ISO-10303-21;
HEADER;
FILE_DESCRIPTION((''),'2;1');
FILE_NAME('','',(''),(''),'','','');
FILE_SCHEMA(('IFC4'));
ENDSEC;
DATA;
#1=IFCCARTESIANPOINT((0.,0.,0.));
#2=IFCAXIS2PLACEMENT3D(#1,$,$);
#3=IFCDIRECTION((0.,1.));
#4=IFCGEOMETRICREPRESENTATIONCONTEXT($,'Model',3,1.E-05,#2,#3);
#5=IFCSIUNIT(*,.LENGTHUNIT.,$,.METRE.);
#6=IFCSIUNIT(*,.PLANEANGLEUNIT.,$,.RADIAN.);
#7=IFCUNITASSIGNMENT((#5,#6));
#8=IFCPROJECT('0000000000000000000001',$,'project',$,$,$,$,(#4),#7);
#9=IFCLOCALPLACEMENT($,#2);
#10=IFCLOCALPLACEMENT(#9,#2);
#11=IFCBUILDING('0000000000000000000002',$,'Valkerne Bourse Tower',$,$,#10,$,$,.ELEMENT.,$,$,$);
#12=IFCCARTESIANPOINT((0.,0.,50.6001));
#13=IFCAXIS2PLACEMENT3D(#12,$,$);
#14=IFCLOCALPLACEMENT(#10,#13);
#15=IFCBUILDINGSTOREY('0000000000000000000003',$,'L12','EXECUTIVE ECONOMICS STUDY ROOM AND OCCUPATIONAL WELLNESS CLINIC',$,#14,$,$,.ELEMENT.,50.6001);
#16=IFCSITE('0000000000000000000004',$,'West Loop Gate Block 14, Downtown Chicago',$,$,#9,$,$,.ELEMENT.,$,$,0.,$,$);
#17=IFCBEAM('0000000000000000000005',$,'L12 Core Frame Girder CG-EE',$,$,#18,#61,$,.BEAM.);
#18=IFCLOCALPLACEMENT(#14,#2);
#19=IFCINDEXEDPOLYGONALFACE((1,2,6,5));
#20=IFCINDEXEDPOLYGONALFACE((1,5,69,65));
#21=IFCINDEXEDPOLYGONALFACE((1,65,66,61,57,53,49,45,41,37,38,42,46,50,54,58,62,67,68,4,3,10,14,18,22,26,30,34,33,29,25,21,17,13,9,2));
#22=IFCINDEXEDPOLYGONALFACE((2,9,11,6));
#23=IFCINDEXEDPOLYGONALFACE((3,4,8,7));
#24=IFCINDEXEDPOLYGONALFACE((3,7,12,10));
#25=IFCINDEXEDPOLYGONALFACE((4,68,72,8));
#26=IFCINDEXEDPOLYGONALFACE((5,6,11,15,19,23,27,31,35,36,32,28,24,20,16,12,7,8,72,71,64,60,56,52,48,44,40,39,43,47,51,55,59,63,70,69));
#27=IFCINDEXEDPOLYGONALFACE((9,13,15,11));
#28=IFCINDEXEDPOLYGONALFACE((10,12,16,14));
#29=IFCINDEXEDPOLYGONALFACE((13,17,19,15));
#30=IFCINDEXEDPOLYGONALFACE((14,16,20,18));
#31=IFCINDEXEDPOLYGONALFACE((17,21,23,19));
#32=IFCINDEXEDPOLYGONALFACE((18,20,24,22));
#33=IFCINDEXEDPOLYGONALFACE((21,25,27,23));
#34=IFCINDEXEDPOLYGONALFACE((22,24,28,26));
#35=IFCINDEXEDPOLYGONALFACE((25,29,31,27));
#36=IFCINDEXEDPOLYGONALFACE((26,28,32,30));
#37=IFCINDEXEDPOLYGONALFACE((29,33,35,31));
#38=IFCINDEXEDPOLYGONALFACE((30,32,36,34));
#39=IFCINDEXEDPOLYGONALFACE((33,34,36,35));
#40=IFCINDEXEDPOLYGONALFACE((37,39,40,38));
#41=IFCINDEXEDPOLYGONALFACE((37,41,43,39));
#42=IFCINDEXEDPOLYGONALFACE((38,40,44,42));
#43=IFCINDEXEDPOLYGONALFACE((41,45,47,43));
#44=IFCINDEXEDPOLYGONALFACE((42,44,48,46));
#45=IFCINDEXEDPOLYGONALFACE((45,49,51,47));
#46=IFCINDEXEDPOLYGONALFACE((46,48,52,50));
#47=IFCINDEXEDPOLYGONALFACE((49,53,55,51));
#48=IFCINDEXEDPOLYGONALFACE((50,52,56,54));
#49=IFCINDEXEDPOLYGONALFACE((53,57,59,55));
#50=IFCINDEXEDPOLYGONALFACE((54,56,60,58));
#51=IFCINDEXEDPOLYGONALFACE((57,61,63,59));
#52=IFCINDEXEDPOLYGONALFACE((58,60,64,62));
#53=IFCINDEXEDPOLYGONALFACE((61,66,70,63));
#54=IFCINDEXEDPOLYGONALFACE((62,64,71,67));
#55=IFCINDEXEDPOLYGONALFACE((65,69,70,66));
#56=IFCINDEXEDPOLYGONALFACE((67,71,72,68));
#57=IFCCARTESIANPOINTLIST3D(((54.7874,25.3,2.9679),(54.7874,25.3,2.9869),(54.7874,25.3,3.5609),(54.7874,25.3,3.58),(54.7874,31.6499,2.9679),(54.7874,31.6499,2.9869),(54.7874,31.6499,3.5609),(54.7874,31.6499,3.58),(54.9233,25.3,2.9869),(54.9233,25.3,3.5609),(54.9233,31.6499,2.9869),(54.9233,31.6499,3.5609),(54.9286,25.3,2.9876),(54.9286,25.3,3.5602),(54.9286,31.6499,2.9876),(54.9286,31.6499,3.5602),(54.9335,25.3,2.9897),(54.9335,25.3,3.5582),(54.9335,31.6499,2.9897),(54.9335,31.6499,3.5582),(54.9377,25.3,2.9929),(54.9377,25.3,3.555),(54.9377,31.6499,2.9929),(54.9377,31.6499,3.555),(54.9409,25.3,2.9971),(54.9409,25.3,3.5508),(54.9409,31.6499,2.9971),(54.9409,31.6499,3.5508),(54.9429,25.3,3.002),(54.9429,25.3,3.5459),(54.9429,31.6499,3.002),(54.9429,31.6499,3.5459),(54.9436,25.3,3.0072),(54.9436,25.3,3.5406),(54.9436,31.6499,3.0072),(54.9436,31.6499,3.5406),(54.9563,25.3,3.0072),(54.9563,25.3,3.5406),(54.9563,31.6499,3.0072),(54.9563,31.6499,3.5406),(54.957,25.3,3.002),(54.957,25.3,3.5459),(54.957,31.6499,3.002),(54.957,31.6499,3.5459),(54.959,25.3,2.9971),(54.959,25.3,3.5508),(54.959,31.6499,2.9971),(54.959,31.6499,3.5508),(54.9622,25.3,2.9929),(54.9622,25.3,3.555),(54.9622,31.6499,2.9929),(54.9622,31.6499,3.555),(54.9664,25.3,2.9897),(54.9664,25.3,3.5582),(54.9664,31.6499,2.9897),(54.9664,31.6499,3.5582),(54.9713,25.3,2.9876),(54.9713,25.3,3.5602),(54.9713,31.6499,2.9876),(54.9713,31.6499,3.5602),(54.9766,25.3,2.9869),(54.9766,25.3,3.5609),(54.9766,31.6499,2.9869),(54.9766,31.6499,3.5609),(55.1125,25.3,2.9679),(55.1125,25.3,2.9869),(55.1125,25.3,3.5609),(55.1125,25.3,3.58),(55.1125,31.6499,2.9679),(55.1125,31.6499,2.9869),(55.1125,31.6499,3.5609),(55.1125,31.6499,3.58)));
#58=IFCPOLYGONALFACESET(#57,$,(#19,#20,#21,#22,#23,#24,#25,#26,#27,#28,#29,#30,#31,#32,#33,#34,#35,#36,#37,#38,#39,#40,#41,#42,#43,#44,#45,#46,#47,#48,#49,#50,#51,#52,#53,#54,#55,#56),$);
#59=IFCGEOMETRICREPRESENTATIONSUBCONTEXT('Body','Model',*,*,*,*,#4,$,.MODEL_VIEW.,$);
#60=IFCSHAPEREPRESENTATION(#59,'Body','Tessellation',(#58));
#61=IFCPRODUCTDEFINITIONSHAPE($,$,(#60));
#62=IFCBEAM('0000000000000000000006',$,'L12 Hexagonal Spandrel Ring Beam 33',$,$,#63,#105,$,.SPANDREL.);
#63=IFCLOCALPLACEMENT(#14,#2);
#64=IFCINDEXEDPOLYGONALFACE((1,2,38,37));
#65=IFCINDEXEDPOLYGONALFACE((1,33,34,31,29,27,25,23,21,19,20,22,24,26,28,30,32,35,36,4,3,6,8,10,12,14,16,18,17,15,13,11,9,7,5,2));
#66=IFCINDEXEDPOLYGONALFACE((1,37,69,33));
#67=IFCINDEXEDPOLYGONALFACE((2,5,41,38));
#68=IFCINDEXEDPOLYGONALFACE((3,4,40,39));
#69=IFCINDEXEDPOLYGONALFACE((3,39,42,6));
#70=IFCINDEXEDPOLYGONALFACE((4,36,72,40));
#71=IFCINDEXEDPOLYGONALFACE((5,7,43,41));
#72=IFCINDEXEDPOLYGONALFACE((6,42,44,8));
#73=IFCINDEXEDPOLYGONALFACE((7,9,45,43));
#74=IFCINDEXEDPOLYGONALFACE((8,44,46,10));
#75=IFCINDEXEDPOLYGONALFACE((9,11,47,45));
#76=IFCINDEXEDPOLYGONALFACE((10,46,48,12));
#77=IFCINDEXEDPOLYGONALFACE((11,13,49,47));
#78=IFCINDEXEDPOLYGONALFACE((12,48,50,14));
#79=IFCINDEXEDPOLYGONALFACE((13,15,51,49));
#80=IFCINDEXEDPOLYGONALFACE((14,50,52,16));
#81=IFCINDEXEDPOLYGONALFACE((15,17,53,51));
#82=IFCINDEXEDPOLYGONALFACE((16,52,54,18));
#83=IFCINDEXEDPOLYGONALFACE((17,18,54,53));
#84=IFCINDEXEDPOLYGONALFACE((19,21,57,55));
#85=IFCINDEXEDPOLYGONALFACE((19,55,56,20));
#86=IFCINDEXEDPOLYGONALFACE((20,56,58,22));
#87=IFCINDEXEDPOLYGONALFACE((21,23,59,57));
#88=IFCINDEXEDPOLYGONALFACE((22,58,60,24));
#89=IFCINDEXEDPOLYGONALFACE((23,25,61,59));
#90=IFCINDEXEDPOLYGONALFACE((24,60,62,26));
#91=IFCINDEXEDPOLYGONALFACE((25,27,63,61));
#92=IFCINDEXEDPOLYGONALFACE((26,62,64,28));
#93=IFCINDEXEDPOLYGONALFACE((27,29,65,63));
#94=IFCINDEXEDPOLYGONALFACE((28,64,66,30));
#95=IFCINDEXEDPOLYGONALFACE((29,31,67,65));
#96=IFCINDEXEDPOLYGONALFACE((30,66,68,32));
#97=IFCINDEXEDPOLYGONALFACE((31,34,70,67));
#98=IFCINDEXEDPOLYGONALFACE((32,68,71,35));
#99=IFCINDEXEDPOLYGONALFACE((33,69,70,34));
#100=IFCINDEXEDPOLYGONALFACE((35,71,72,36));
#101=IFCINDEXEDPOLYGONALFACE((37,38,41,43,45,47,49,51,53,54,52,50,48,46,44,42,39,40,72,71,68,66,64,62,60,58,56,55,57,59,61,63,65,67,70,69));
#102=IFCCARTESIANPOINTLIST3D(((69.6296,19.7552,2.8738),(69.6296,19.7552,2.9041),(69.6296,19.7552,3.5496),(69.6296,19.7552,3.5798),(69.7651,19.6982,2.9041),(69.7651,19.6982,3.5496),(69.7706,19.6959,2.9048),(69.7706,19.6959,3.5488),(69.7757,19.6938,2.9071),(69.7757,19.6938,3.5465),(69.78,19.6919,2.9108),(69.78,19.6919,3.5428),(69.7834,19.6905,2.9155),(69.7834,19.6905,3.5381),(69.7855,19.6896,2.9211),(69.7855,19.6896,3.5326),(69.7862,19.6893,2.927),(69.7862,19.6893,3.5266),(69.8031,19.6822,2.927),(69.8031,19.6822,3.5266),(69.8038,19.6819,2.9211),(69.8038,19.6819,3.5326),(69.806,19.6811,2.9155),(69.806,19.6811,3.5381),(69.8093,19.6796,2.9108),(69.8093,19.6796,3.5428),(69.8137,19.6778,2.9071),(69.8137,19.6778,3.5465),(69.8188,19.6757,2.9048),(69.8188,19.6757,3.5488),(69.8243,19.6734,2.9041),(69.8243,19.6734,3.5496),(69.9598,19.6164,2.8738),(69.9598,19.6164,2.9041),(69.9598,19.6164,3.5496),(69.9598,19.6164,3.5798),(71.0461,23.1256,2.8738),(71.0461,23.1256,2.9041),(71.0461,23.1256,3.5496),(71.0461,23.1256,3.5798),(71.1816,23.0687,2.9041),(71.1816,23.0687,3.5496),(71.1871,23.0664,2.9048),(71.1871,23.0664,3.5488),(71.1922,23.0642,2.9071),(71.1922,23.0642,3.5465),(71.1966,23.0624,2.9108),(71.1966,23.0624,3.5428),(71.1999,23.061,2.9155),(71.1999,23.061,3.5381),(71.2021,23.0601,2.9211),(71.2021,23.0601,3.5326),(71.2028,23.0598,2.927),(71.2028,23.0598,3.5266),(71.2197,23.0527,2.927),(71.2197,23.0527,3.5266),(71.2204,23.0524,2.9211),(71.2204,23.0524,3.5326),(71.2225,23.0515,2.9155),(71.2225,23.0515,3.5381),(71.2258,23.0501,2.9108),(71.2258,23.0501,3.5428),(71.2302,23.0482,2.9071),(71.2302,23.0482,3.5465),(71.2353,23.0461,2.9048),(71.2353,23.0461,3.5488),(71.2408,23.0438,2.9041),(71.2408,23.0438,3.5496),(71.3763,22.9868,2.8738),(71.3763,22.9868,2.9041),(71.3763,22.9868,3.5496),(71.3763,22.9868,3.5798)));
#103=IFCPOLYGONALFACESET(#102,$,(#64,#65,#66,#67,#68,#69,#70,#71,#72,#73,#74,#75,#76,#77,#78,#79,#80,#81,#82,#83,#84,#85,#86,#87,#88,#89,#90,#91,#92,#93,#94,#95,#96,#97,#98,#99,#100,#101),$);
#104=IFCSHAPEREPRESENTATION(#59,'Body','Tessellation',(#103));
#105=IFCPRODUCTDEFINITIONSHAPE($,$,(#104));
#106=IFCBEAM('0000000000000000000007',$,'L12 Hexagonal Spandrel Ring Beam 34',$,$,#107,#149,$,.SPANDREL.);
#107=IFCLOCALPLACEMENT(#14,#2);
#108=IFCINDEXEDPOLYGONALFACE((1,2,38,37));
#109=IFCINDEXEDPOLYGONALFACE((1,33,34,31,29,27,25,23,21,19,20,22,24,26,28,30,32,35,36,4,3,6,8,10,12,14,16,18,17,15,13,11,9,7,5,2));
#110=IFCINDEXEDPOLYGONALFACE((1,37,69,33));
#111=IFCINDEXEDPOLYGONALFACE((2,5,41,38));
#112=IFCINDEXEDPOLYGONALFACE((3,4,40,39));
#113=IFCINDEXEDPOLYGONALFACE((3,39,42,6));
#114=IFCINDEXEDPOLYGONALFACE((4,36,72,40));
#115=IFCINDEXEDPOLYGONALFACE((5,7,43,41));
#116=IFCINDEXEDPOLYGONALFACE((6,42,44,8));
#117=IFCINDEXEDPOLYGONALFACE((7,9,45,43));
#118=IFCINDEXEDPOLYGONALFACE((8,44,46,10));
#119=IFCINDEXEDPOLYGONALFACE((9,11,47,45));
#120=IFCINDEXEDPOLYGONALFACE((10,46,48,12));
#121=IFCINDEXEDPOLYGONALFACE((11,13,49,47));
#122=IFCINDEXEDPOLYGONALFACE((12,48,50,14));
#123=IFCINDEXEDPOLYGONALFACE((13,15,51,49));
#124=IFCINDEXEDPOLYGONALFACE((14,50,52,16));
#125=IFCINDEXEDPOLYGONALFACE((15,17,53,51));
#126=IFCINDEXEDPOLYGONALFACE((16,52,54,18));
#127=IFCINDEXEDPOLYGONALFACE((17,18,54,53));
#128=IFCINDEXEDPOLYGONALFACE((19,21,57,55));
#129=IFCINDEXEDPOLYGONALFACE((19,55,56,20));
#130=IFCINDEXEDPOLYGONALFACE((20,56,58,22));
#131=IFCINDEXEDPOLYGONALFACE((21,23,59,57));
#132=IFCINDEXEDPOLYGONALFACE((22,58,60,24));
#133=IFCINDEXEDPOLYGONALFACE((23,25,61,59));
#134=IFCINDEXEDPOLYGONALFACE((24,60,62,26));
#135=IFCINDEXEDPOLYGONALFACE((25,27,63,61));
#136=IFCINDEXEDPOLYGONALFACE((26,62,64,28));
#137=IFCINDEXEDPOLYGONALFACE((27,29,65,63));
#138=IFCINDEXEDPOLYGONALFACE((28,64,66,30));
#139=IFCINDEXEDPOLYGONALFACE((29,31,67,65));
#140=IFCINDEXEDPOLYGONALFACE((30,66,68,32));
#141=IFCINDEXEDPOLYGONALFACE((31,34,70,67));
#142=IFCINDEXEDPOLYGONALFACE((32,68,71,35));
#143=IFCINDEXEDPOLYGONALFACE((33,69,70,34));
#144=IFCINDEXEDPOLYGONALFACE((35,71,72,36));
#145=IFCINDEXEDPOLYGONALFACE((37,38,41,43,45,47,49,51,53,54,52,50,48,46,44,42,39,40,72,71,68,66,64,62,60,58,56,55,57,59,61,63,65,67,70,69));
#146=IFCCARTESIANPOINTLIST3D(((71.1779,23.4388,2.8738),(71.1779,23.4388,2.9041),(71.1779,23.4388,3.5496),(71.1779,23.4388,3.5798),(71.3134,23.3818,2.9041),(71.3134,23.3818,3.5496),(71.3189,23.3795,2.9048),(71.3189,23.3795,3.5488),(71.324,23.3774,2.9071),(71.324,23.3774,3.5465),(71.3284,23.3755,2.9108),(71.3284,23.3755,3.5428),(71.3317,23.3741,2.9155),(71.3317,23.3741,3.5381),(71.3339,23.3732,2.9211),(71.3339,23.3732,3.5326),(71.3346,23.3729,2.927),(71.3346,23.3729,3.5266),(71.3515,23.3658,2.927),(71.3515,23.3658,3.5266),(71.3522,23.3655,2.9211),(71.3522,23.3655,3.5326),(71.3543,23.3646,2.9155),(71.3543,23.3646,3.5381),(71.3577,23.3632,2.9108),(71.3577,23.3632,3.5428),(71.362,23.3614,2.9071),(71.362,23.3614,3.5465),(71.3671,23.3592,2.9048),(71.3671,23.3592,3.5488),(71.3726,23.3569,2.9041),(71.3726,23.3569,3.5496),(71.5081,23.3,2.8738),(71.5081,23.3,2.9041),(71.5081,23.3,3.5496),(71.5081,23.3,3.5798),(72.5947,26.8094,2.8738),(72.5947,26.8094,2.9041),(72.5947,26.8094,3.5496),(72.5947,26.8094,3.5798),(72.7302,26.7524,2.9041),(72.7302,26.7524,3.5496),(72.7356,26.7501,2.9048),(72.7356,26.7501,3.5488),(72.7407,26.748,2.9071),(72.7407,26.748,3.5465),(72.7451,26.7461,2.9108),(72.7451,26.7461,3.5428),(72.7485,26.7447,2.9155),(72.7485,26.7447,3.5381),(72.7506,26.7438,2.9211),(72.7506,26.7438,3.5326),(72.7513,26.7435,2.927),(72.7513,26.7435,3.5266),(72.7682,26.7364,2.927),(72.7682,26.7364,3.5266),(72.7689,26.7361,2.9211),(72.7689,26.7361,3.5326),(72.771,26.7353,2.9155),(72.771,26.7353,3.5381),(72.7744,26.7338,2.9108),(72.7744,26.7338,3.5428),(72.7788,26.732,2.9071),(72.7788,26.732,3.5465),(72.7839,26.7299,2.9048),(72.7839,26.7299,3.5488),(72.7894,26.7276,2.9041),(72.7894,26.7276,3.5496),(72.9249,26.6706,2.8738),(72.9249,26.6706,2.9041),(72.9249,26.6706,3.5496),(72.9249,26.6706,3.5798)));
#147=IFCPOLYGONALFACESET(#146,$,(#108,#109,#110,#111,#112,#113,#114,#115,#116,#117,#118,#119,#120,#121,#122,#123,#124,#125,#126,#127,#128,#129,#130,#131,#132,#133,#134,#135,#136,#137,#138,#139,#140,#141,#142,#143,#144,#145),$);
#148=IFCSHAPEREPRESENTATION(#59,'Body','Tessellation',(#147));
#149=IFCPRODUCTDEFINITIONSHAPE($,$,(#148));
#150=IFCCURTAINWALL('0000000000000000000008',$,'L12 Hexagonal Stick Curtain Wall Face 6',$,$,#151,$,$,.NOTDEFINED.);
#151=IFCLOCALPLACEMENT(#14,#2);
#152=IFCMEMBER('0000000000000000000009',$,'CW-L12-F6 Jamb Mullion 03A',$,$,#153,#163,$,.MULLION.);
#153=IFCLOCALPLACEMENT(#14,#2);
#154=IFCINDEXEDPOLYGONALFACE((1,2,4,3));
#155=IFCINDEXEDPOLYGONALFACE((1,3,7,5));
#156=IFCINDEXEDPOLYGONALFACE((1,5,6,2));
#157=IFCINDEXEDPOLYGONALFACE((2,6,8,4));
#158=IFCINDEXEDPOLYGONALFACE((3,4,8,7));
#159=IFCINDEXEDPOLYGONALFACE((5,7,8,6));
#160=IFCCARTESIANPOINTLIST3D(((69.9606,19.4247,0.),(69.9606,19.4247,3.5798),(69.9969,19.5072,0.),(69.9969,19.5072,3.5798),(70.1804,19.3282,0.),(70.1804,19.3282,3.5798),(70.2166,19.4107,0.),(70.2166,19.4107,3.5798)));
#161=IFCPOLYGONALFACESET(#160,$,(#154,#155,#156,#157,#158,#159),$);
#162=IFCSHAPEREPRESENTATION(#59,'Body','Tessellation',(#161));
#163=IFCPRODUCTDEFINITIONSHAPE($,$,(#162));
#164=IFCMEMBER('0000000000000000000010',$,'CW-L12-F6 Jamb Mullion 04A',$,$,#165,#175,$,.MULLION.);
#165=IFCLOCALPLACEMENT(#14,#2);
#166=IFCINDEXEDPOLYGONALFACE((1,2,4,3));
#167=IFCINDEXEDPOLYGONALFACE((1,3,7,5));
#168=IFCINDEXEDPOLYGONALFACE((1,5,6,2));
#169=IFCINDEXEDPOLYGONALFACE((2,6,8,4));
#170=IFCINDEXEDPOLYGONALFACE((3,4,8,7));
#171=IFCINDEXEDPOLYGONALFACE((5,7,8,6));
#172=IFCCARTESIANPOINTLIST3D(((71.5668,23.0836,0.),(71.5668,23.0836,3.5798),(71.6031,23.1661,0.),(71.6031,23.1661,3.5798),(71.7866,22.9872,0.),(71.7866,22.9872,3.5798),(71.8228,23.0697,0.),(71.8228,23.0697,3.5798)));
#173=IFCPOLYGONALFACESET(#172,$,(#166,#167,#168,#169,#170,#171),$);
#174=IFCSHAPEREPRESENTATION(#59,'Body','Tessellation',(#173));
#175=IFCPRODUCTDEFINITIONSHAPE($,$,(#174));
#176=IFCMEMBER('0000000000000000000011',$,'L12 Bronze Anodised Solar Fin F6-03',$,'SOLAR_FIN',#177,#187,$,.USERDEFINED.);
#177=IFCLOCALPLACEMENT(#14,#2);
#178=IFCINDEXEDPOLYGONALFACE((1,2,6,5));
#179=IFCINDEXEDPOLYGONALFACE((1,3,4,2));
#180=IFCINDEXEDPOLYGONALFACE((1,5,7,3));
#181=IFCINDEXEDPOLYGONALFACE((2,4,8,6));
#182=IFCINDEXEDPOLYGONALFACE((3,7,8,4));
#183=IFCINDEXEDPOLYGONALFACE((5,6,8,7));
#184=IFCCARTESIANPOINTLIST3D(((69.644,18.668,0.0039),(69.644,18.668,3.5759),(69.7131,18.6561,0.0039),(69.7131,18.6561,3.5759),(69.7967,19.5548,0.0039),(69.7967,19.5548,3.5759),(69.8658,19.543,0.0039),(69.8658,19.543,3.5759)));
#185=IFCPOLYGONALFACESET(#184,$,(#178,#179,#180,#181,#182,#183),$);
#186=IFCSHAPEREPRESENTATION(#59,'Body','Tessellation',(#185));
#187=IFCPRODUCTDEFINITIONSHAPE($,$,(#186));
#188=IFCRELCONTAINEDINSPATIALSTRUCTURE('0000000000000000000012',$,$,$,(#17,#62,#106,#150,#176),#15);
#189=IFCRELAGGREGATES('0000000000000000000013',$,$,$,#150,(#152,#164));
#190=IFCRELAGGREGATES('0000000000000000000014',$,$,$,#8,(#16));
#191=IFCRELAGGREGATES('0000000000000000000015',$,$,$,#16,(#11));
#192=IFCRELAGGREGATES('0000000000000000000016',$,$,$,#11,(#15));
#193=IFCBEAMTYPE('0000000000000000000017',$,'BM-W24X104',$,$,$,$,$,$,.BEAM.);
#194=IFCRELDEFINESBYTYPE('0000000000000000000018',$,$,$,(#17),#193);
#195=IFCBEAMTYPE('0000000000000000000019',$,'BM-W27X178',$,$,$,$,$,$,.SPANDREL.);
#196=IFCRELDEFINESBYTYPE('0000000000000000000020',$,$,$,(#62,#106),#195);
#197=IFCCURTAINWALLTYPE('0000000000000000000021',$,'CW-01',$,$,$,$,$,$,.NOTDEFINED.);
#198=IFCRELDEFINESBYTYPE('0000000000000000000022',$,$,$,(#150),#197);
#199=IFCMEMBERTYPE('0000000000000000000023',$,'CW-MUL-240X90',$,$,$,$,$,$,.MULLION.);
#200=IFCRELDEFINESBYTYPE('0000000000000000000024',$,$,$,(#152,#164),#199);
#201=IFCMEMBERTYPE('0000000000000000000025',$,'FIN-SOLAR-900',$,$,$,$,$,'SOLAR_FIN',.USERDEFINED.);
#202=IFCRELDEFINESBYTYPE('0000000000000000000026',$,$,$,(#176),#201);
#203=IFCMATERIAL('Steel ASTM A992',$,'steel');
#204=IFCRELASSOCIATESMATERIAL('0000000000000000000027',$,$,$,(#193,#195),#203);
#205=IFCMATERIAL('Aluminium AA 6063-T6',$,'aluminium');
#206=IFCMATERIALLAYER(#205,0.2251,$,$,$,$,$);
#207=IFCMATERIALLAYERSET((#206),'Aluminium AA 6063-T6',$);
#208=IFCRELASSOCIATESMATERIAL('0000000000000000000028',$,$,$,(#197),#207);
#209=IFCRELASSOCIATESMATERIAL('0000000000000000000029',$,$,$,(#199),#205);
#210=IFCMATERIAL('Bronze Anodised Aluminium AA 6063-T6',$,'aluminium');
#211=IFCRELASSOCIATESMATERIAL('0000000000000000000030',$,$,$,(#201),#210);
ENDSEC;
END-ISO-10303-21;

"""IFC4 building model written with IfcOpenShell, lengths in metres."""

from ifc_helpers import new_model, si_unit, direction, frame, origin, origin_2d, place, context, subcontext, project, spatial, rectangle, i_section, extrude, material, layer, layer_set, material_profile, profile_set, type_object, element, aggregate, save


model = new_model("IFC4")

# Units and contexts
model_context = context("Model", 3, precision=1e-05, world=origin(), true_north=direction((0.0, 1.0)))
body_context = subcontext(model_context, "Body", "Model", "MODEL_VIEW")
ifc_project = project(units=[si_unit("LENGTHUNIT", "METRE"), si_unit("PLANEANGLEUNIT", "RADIAN")], contexts=[model_context])

# Site, building, storey
site_placement = place(None, origin())
site = spatial("IfcSite", under=ifc_project, at=site_placement, Name="West Loop Gate Block 14, Downtown Chicago", CompositionType="ELEMENT", RefElevation=0.0)
building_placement = place(site_placement, origin())
building = spatial("IfcBuilding", under=site, at=building_placement, Name="Valkerne Bourse Tower", CompositionType="ELEMENT")
storey_placement = place(building_placement, frame((0.0, 0.0, 50.6001)))
storey = spatial("IfcBuildingStorey", under=building, at=storey_placement, Name="L12", Description="EXECUTIVE ECONOMICS STUDY ROOM AND OCCUPATIONAL WELLNESS CLINIC", CompositionType="ELEMENT", Elevation=50.6001)

# Beams
ifc_material_1 = material(Name="Steel ASTM A992", Category="steel")
ifc_material_profile_1 = material_profile(ifc_material_1, i_section(OverallWidth=0.3252, OverallDepth=0.6121, WebThickness=0.0127, FlangeThickness=0.019, FilletRadius=0.0203, at=origin_2d()), Name="W24X104")
ifc_profile_set_1 = profile_set([ifc_material_profile_1], Name="Steel ASTM A992")
beam_type_1 = type_object("IfcBeamType", Name="BM-W24X104", PredefinedType="BEAM", material=ifc_profile_set_1)
beam_1_placement = place(storey_placement, frame((54.95, 25.3, 3.2739), z_axis=(0.0, 1.0, 0.0), x_axis=(-1.0, 0.0, 0.0)))
element("IfcBeam", 1, at=beam_1_placement, inside=storey, type_object=beam_type_1, Name="L12 Core Frame Girder CG-EE", PredefinedType="BEAM", context=body_context, shape_type="SweptSolid", body=[
    extrude(i_section(OverallWidth=0.3252, OverallDepth=0.6121, WebThickness=0.0127, FlangeThickness=0.019, FilletRadius=0.0203, at=origin_2d()), origin(), (0.0, 0.0, 1.0), 6.3499),
])
ifc_material_profile_2 = material_profile(ifc_material_1, i_section(OverallWidth=0.3582, OverallDepth=0.7061, WebThickness=0.0183, FlangeThickness=0.0303, FilletRadius=0.0229, at=origin_2d()), Name="W27X178")
ifc_profile_set_2 = profile_set([ifc_material_profile_2], Name="Steel ASTM A992")
beam_type_2 = type_object("IfcBeamType", Name="BM-W27X178", PredefinedType="SPANDREL", material=ifc_profile_set_2)
beam_2_placement = place(storey_placement, frame((69.7947, 19.6858, 3.2268), z_axis=(0.387454, 0.921889, 0.0), x_axis=(-0.921889, 0.387454, 0.0)))
element("IfcBeam", 2, at=beam_2_placement, inside=storey, type_object=beam_type_2, Name="L12 Hexagonal Spandrel Ring Beam 33", PredefinedType="SPANDREL", context=body_context, shape_type="SweptSolid", body=[
    extrude(i_section(OverallWidth=0.3582, OverallDepth=0.7061, WebThickness=0.0183, FlangeThickness=0.0303, FilletRadius=0.0229, at=origin_2d()), origin(), (0.0, 0.0, 1.0), 3.656),
])
beam_3_placement = place(storey_placement, frame((71.343, 23.3694, 3.2268), z_axis=(0.387487, 0.921875, 0.0), x_axis=(-0.921875, 0.387487, 0.0)))
element("IfcBeam", 3, at=beam_3_placement, inside=storey, type_object=beam_type_2, Name="L12 Hexagonal Spandrel Ring Beam 34", PredefinedType="SPANDREL", context=body_context, shape_type="SweptSolid", body=[
    extrude(i_section(OverallWidth=0.3582, OverallDepth=0.7061, WebThickness=0.0183, FlangeThickness=0.0303, FilletRadius=0.0229, at=origin_2d()), origin(), (0.0, 0.0, 1.0), 3.6562),
])

# Curtain wall, members
ifc_material_2 = material(Name="Aluminium AA 6063-T6", Category="aluminium")
ifc_layer_1 = layer(ifc_material_2, 0.2251)
ifc_layer_set_1 = layer_set([ifc_layer_1], Name="Aluminium AA 6063-T6")
curtain_wall_type = type_object("IfcCurtainWallType", Name="CW-01", PredefinedType="NOTDEFINED", material=ifc_layer_set_1)
curtain_wall_placement = place(storey_placement, origin())
curtain_wall = element("IfcCurtainWall", 4, at=curtain_wall_placement, inside=storey, type_object=curtain_wall_type, Name="L12 Hexagonal Stick Curtain Wall Face 6", PredefinedType="NOTDEFINED")
ifc_material_profile_3 = material_profile(ifc_material_2, rectangle(XDim=0.0901, YDim=0.24, at=origin_2d()), Name="CWM-90X240")
ifc_profile_set_3 = profile_set([ifc_material_profile_3], Name="Aluminium AA 6063-T6")
member_type_1 = type_object("IfcMemberType", Name="CW-MUL-240X90", PredefinedType="MULLION", material=ifc_profile_set_3)
member_1_placement = place(storey_placement, frame((70.0886, 19.4177, 0.0), z_axis=(0.0, 0.0, 1.0), x_axis=(0.40195, 0.915662, 0.0)))
member_1 = element("IfcMember", 5, at=member_1_placement, type_object=member_type_1, Name="CW-L12-F6 Jamb Mullion 03A", PredefinedType="MULLION", context=body_context, shape_type="SweptSolid", body=[
    extrude(rectangle(XDim=0.0901, YDim=0.24, at=origin_2d()), origin(), (0.0, 0.0, 1.0), 3.5798),
])
member_2_placement = place(storey_placement, frame((71.6948, 23.0767, 0.0), z_axis=(0.0, 0.0, 1.0), x_axis=(0.401929, 0.915671, 0.0)))
member_2 = element("IfcMember", 6, at=member_2_placement, type_object=member_type_1, Name="CW-L12-F6 Jamb Mullion 04A", PredefinedType="MULLION", context=body_context, shape_type="SweptSolid", body=[
    extrude(rectangle(XDim=0.0901, YDim=0.24, at=origin_2d()), origin(), (0.0, 0.0, 1.0), 3.5798),
])

# Member
ifc_material_3 = material(Name="Bronze Anodised Aluminium AA 6063-T6", Category="aluminium")
ifc_material_profile_4 = material_profile(ifc_material_3, rectangle(XDim=0.0701, YDim=0.8999, at=origin_2d()), Name="FIN-70X900")
ifc_profile_set_4 = profile_set([ifc_material_profile_4], Name="Bronze Anodised Aluminium AA 6063-T6")
member_type_2 = type_object("IfcMemberType", Name="FIN-SOLAR-900", ElementType="SOLAR_FIN", PredefinedType="USERDEFINED", material=ifc_profile_set_4)
member_3_placement = place(storey_placement, frame((69.7549, 19.1055, 0.0039), z_axis=(0.0, 0.0, 1.0), x_axis=(0.985499, -0.169683, 0.0)))
element("IfcMember", 7, at=member_3_placement, inside=storey, type_object=member_type_2, Name="L12 Bronze Anodised Solar Fin F6-03", ObjectType="SOLAR_FIN", PredefinedType="USERDEFINED", context=body_context, shape_type="SweptSolid", body=[
    extrude(rectangle(XDim=0.0701, YDim=0.8999, at=origin_2d()), origin(), (0.0, 0.0, 1.0), 3.572),
])

aggregate(curtain_wall, [member_1, member_2])

save(model, "model.ifc")
